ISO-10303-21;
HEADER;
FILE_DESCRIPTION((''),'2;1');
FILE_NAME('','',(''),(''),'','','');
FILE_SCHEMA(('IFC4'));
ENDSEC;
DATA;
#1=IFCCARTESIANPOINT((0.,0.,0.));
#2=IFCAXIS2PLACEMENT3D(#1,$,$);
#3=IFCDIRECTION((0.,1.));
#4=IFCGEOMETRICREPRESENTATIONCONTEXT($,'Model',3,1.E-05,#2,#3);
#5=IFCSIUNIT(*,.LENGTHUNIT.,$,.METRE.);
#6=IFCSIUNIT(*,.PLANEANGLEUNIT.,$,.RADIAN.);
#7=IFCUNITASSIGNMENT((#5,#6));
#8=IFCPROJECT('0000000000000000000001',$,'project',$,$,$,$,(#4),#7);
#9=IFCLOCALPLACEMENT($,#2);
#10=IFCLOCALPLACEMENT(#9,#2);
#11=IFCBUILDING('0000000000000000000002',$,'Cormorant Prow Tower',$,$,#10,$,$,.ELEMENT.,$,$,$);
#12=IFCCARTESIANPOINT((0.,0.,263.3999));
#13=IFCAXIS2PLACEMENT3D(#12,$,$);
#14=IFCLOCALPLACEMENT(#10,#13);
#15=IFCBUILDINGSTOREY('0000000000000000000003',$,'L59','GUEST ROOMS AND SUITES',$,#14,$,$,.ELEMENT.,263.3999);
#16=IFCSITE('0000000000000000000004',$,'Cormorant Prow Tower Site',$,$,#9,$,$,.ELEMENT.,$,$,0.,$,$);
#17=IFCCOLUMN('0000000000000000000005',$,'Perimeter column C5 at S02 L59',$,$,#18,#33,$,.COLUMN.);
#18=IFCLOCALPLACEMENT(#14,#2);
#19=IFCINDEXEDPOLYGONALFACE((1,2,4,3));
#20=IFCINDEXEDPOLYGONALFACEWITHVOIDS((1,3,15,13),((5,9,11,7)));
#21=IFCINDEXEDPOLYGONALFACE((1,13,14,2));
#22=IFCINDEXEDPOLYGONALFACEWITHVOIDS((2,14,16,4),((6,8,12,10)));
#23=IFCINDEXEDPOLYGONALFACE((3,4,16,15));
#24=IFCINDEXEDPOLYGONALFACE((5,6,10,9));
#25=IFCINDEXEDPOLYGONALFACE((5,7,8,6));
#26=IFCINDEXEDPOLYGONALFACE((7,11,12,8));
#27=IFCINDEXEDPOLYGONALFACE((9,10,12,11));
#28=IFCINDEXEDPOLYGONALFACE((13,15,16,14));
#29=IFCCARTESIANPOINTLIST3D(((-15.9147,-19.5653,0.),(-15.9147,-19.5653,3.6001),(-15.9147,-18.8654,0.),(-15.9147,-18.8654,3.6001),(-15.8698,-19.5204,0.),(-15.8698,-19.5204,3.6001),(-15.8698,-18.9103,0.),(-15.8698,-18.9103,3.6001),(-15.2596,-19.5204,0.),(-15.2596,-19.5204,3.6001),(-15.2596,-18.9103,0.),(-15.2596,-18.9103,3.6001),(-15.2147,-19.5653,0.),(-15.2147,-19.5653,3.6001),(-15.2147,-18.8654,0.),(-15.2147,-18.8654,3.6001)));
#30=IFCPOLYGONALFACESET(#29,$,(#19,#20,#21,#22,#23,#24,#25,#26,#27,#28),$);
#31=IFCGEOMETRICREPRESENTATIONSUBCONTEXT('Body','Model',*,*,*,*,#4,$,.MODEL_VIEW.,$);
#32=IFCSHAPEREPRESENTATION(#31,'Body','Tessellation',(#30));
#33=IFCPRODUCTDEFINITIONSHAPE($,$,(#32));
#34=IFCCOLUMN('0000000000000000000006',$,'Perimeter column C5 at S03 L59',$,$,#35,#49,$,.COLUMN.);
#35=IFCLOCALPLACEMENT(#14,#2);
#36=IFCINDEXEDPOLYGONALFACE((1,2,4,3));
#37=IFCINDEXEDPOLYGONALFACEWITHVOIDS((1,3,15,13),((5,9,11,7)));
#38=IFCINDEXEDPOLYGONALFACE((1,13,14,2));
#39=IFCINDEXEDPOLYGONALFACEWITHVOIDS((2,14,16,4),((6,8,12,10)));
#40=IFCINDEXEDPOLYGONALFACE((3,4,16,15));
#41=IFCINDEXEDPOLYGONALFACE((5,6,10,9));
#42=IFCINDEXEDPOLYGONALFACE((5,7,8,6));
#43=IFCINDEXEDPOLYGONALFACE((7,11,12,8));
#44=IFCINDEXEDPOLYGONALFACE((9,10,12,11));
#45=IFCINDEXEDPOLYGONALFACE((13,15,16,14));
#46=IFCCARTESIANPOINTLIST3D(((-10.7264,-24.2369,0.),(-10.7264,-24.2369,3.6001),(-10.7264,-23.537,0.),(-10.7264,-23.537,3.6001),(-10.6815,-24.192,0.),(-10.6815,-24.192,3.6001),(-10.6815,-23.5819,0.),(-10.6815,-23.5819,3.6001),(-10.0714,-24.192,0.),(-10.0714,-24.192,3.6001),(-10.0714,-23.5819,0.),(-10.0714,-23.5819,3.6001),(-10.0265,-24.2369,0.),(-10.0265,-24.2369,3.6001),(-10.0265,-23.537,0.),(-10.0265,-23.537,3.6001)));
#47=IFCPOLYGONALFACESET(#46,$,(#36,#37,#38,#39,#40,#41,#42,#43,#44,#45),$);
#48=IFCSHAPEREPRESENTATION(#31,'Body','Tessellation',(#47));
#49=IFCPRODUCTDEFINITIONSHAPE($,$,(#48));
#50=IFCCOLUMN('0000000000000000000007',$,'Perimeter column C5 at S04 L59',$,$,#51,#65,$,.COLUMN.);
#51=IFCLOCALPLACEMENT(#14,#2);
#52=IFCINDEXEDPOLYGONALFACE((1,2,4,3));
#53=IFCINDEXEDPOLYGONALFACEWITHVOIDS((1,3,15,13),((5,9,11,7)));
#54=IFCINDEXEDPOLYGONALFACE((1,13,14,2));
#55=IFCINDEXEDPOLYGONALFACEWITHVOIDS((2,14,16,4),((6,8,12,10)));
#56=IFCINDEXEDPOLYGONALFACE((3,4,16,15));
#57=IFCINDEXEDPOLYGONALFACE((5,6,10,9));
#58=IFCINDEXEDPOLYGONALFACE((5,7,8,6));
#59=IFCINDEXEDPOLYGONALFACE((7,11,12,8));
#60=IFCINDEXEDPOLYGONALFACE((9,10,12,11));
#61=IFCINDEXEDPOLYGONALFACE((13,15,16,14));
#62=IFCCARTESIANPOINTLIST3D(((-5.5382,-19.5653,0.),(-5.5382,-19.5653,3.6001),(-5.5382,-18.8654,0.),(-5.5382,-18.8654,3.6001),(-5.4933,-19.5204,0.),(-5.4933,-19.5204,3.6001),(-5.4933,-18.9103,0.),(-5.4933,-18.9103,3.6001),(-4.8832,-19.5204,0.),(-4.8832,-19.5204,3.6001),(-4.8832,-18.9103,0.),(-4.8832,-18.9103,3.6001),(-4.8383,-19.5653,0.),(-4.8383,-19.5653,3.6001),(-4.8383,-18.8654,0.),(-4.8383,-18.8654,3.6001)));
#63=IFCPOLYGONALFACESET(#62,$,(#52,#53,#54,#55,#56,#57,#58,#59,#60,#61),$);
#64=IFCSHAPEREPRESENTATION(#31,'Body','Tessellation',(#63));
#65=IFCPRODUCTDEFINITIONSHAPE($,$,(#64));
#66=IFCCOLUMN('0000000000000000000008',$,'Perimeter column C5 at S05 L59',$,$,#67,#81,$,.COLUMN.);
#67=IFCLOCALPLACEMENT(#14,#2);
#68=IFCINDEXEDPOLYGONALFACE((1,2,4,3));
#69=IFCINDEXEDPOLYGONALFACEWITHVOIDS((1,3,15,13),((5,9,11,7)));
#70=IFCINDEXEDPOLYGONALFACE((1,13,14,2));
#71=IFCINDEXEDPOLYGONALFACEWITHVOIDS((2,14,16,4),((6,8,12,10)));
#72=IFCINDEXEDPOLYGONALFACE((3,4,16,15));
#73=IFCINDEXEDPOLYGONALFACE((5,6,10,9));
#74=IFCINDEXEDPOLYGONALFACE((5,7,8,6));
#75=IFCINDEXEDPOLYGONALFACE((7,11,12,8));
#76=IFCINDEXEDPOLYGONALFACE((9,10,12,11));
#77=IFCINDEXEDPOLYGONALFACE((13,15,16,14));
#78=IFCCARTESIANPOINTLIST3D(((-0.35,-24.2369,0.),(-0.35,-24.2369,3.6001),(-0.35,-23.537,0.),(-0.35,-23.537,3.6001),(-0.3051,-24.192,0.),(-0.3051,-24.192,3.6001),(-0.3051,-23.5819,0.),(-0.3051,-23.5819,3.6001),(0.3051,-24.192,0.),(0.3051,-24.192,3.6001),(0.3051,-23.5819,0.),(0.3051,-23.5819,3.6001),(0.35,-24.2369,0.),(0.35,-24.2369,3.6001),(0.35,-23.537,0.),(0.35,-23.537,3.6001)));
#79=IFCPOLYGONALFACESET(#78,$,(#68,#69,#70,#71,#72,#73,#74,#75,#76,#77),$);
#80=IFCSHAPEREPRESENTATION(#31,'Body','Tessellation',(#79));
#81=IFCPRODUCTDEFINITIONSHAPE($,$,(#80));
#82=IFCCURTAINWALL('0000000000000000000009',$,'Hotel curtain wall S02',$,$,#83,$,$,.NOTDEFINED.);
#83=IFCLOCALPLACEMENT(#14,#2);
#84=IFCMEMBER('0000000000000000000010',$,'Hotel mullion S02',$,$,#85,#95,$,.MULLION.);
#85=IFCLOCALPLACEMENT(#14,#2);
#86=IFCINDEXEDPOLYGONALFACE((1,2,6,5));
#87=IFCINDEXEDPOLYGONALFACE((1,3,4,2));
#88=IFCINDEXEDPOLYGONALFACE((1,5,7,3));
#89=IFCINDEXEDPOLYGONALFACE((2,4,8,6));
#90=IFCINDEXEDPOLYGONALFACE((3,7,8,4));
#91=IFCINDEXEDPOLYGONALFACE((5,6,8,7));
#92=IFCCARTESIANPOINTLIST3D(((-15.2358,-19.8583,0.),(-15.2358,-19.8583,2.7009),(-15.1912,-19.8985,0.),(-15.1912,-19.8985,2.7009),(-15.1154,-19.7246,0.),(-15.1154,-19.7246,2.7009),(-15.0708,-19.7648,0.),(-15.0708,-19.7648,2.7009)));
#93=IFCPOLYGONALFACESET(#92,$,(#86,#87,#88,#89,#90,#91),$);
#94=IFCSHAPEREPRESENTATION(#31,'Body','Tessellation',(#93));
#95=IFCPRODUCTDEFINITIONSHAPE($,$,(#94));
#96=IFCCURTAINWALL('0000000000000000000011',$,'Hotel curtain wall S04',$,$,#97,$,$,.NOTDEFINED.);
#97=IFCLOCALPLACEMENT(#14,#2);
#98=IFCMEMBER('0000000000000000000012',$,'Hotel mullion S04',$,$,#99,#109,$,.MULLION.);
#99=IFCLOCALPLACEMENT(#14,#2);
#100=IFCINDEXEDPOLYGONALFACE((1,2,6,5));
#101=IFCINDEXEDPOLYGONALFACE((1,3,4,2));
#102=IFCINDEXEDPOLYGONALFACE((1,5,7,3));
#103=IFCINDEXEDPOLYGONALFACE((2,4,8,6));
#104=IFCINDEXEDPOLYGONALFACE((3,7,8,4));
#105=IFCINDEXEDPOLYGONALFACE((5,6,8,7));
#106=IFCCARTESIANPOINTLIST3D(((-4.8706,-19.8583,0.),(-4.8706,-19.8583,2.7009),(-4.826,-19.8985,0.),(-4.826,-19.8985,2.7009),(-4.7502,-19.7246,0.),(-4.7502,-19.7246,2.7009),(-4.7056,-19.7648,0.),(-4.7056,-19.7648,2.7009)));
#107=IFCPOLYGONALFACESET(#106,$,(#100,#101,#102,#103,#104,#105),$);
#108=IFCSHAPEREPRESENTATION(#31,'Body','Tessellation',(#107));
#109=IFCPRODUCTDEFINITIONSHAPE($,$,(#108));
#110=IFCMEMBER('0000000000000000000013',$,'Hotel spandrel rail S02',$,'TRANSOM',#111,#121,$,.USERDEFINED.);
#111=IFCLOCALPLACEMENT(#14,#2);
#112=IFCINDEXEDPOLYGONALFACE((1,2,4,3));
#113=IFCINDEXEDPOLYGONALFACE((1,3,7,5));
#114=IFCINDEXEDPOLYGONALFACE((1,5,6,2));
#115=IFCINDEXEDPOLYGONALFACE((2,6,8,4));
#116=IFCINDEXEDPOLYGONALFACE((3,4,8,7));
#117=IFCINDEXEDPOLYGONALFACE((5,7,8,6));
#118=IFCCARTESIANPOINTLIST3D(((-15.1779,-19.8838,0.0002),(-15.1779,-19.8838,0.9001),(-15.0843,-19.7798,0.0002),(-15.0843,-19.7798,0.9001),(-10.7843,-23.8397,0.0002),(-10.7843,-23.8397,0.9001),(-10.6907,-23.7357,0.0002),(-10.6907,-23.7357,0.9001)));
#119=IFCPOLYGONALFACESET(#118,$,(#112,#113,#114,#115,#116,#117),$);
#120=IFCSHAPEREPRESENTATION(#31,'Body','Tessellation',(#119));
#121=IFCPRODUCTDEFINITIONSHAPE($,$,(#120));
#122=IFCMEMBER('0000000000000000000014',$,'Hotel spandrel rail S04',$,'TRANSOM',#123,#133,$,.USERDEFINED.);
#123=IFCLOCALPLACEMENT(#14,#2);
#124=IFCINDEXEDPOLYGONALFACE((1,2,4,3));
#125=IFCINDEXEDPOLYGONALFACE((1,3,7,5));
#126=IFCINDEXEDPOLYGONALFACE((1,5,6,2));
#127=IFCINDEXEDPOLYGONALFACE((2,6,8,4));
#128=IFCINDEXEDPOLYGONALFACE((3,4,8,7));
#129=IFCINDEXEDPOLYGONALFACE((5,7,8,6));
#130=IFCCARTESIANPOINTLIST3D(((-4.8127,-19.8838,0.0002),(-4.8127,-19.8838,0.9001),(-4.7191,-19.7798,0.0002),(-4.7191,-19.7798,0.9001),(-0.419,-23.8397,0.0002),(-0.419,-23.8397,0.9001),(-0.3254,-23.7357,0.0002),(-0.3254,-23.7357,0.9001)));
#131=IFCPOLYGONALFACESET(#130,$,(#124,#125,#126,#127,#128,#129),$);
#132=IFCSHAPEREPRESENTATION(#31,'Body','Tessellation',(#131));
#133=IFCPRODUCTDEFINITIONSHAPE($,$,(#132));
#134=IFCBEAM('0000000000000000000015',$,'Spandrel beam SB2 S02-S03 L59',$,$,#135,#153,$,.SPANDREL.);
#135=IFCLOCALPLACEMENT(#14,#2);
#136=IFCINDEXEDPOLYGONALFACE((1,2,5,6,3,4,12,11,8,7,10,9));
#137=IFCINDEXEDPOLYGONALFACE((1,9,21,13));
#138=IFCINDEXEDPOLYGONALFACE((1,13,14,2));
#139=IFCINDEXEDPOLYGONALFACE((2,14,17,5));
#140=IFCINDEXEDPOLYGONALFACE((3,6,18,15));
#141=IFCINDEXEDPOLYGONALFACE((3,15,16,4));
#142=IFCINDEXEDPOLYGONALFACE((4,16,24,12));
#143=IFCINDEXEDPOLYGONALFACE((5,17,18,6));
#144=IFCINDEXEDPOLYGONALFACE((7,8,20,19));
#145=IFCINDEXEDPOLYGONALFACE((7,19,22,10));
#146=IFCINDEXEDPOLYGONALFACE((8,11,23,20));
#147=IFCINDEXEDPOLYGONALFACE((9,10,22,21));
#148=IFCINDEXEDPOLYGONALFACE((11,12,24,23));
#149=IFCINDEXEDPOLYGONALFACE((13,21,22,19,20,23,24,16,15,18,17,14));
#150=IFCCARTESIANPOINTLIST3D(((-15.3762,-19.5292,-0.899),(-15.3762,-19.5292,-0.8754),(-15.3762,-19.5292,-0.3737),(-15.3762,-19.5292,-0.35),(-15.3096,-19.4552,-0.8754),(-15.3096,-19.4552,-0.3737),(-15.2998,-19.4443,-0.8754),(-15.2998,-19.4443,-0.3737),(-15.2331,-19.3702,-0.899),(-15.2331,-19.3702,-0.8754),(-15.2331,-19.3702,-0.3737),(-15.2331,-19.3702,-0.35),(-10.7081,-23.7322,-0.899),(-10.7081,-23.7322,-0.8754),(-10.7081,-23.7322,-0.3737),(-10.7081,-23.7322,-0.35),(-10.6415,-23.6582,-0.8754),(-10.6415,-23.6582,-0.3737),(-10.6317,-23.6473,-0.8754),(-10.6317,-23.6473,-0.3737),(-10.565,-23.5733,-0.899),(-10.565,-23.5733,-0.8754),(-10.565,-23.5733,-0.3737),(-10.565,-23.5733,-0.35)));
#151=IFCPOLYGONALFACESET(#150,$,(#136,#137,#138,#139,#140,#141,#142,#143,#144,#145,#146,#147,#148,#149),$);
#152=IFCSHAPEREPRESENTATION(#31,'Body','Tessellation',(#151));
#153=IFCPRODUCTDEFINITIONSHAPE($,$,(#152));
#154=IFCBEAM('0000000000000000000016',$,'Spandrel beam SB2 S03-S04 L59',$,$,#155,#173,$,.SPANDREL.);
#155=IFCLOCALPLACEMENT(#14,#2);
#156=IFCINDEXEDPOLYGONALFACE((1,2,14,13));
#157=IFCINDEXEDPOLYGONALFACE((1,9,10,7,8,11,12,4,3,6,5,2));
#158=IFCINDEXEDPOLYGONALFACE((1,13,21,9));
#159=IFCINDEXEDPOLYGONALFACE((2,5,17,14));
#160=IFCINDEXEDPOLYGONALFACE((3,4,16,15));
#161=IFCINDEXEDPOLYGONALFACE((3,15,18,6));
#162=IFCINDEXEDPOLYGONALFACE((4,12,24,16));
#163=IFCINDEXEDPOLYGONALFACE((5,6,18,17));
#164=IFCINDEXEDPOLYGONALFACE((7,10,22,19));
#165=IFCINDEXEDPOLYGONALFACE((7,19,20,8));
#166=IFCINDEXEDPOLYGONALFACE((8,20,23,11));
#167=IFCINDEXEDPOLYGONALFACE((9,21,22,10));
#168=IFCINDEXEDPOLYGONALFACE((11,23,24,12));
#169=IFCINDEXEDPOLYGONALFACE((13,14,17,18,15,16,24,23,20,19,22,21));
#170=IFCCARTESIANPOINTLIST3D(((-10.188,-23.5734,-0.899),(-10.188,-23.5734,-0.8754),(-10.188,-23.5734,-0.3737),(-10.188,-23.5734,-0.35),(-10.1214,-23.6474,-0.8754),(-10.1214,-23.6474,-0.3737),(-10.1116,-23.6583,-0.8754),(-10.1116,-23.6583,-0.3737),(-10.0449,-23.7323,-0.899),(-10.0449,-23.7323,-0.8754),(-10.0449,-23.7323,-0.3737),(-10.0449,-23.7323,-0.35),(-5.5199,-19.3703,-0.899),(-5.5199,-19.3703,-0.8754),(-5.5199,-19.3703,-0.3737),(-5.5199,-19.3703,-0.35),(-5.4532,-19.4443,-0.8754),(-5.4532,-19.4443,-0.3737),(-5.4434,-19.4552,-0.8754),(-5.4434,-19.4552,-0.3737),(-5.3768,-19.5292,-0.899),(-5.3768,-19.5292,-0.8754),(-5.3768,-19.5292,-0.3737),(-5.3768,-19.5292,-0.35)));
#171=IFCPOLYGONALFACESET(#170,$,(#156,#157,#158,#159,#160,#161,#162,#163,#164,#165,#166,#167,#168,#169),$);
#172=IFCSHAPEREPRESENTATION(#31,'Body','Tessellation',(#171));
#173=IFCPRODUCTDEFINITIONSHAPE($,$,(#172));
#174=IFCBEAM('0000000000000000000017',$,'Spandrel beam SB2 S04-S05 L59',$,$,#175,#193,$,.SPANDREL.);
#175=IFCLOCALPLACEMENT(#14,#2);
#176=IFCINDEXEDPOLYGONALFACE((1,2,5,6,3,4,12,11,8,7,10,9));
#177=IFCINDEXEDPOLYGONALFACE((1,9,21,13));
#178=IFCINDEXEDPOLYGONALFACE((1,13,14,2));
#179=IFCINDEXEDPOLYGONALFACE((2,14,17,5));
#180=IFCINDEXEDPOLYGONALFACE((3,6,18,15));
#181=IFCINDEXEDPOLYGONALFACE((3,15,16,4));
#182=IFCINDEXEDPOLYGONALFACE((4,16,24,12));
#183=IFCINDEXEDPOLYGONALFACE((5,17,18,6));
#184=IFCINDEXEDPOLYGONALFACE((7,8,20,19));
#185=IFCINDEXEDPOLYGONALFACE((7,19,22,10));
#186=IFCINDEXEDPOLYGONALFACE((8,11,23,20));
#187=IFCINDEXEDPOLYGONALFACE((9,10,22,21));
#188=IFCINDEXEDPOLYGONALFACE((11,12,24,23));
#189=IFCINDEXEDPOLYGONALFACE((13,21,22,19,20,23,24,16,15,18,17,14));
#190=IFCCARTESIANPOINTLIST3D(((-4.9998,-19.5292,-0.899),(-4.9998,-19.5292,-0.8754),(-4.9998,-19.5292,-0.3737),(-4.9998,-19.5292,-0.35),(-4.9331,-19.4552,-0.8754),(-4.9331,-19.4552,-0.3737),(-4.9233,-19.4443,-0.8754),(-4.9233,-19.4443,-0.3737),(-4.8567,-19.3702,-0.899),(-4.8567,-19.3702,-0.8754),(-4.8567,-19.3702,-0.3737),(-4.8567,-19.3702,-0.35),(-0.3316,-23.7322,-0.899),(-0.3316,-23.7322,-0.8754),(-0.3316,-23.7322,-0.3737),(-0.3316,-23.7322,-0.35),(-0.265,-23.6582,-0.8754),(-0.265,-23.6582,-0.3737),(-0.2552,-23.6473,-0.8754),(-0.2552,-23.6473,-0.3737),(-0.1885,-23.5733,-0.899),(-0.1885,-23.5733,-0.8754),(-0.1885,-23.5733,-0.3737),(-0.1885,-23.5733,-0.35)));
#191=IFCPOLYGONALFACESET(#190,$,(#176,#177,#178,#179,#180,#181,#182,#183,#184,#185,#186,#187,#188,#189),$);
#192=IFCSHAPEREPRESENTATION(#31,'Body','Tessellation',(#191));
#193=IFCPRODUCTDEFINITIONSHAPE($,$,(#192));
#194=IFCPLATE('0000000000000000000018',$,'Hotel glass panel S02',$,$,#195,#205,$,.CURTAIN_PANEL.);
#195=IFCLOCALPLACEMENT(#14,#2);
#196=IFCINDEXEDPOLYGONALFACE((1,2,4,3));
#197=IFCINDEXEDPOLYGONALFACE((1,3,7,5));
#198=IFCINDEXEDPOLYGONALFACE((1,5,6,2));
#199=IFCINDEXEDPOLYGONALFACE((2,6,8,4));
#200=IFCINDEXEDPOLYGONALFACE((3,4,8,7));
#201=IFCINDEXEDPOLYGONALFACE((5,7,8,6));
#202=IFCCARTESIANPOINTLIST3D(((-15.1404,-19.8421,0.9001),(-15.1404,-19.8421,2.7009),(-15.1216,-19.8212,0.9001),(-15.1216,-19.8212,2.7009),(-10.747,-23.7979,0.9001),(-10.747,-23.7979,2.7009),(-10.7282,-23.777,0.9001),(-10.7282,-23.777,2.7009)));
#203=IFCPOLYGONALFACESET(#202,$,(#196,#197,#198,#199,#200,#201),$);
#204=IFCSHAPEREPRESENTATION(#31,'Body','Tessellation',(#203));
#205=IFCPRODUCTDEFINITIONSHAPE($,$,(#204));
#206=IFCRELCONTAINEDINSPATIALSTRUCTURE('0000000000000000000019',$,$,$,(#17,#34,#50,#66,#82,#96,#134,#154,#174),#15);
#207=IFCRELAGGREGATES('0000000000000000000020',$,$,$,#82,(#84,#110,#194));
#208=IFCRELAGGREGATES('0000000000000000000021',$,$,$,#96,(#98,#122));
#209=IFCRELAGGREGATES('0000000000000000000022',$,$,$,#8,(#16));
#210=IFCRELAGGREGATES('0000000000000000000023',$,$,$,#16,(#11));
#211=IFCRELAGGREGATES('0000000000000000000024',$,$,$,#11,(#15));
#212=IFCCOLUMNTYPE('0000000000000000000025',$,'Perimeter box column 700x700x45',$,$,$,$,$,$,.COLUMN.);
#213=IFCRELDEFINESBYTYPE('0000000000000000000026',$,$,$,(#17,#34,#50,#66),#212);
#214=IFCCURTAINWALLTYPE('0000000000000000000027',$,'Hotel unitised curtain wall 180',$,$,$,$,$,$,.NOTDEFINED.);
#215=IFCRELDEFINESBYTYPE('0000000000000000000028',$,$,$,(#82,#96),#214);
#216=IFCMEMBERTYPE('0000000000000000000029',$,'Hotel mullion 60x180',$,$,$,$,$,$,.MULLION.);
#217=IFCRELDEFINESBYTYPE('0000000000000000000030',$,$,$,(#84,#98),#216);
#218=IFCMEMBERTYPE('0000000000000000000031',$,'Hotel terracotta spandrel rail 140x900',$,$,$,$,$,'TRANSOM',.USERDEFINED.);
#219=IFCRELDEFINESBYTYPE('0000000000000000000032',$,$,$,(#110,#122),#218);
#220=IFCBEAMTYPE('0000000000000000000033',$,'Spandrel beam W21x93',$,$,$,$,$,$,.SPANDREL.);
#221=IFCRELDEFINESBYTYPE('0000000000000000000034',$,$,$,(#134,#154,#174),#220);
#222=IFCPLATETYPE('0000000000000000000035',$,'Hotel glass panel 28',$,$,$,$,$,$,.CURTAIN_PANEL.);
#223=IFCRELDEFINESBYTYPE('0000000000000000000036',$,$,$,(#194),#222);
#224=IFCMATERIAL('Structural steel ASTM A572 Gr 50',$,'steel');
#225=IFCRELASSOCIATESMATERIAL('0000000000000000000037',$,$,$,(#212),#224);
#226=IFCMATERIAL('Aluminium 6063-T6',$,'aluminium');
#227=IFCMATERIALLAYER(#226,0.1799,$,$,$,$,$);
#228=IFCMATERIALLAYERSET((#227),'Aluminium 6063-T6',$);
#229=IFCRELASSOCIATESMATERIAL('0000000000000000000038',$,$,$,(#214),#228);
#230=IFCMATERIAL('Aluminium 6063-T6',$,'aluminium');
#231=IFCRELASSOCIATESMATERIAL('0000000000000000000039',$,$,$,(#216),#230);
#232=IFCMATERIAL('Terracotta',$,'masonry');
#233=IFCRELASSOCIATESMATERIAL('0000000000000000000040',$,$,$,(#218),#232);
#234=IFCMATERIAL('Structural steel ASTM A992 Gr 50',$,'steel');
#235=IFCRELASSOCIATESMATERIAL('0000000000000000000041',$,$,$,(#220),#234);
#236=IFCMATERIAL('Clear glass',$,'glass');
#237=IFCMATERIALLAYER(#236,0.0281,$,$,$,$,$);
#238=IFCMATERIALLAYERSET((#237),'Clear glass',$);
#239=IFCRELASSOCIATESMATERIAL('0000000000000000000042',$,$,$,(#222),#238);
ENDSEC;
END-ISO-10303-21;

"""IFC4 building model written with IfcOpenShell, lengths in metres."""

from ifc_helpers import new_model, si_unit, direction, frame, origin, origin_2d, place, context, subcontext, project, spatial, rectangle, hollow_rectangle, i_section, extrude, material, layer, layer_set, material_profile, profile_set, type_object, element, aggregate, save


model = new_model("IFC4")

# Units and contexts
model_context = context("Model", 3, precision=1e-05, world=origin(), true_north=direction((0.0, 1.0)))
body_context = subcontext(model_context, "Body", "Model", "MODEL_VIEW")
ifc_project = project(units=[si_unit("LENGTHUNIT", "METRE"), si_unit("PLANEANGLEUNIT", "RADIAN")], contexts=[model_context])

# Site, building, storey
site_placement = place(None, origin())
site = spatial("IfcSite", under=ifc_project, at=site_placement, Name="Cormorant Prow Tower Site", CompositionType="ELEMENT", RefElevation=0.0)
building_placement = place(site_placement, origin())
building = spatial("IfcBuilding", under=site, at=building_placement, Name="Cormorant Prow Tower", CompositionType="ELEMENT")
storey_placement = place(building_placement, frame((0.0, 0.0, 263.3999)))
storey = spatial("IfcBuildingStorey", under=building, at=storey_placement, Name="L59", Description="GUEST ROOMS AND SUITES", CompositionType="ELEMENT", Elevation=263.3999)

# Columns
ifc_material_1 = material(Name="Structural steel ASTM A572 Gr 50", Category="steel")
ifc_material_profile_1 = material_profile(ifc_material_1, hollow_rectangle(XDim=0.7, YDim=0.7, WallThickness=0.0449, at=origin_2d()), Name="Box 700x700x45")
ifc_profile_set_1 = profile_set([ifc_material_profile_1], Name="Structural steel ASTM A572 Gr 50")
column_type = type_object("IfcColumnType", Name="Perimeter box column 700x700x45", PredefinedType="COLUMN", material=ifc_profile_set_1)
for number, where, z_axis, x_axis, name in (
    (1, (-15.5647, -19.2153, 0.0), (0.0, 0.0, 1.0), (1.0, 0.0, 0.0), "Perimeter column C5 at S02 L59"),
    (2, (-10.3765, -23.887, 0.0), (0.0, 0.0, 1.0), (1.0, 0.0, 0.0), "Perimeter column C5 at S03 L59"),
    (3, (-5.1882, -19.2153, 0.0), (0.0, 0.0, 1.0), (1.0, 0.0, 0.0), "Perimeter column C5 at S04 L59"),
    (4, (0.0, -23.887, 0.0), (0.0, 0.0, 1.0), (1.0, 0.0, 0.0), "Perimeter column C5 at S05 L59"),
):
    element("IfcColumn", number, at=place(storey_placement, frame(where, z_axis=z_axis, x_axis=x_axis)), inside=storey, type_object=column_type, Name=name, PredefinedType="COLUMN", context=body_context, shape_type="SweptSolid", body=[
        extrude(hollow_rectangle(XDim=0.7, YDim=0.7, WallThickness=0.0449, at=origin_2d()), origin(), (0.0, 0.0, 1.0), 3.6001),
    ])

# Curtain walls, members
ifc_material_2 = material(Name="Aluminium 6063-T6", Category="aluminium")
ifc_layer_1 = layer(ifc_material_2, 0.1799)
ifc_layer_set_1 = layer_set([ifc_layer_1], Name="Aluminium 6063-T6")
curtain_wall_type = type_object("IfcCurtainWallType", Name="Hotel unitised curtain wall 180", PredefinedType="NOTDEFINED", material=ifc_layer_set_1)
curtain_wall_1_placement = place(storey_placement, origin())
curtain_wall_1 = element("IfcCurtainWall", 5, at=curtain_wall_1_placement, inside=storey, type_object=curtain_wall_type, Name="Hotel curtain wall S02", PredefinedType="NOTDEFINED")
ifc_material_3 = material(Name="Aluminium 6063-T6", Category="aluminium")
ifc_material_profile_2 = material_profile(ifc_material_3, rectangle(XDim=0.1799, YDim=0.0601, at=origin_2d()), Name="Hotel mullion 60x180")
ifc_profile_set_2 = profile_set([ifc_material_profile_2], Name="Aluminium 6063-T6")
member_type_1 = type_object("IfcMemberType", Name="Hotel mullion 60x180", PredefinedType="MULLION", material=ifc_profile_set_2)
member_1_placement = place(storey_placement, frame((-15.1533, -19.8115, 0.0), z_axis=(0.0, 0.0, 1.0), x_axis=(0.669131, 0.743145, 0.0)))
member_1 = element("IfcMember", 6, at=member_1_placement, type_object=member_type_1, Name="Hotel mullion S02", PredefinedType="MULLION", context=body_context, shape_type="SweptSolid", body=[
    extrude(rectangle(XDim=0.1799, YDim=0.0601, at=origin_2d()), origin(), (0.0, 0.0, 1.0), 2.7009),
])
curtain_wall_2_placement = place(storey_placement, origin())
curtain_wall_2 = element("IfcCurtainWall", 7, at=curtain_wall_2_placement, inside=storey, type_object=curtain_wall_type, Name="Hotel curtain wall S04", PredefinedType="NOTDEFINED")
member_2_placement = place(storey_placement, frame((-4.7881, -19.8115, 0.0), z_axis=(0.0, 0.0, 1.0), x_axis=(0.669131, 0.743145, 0.0)))
member_2 = element("IfcMember", 8, at=member_2_placement, type_object=member_type_1, Name="Hotel mullion S04", PredefinedType="MULLION", context=body_context, shape_type="SweptSolid", body=[
    extrude(rectangle(XDim=0.1799, YDim=0.0601, at=origin_2d()), origin(), (0.0, 0.0, 1.0), 2.7009),
])

# Members
ifc_material_4 = material(Name="Terracotta", Category="masonry")
ifc_material_profile_3 = material_profile(ifc_material_4, rectangle(XDim=0.1399, YDim=0.8999, at=origin_2d()), Name="Hotel terracotta spandrel rail 140x900")
ifc_profile_set_3 = profile_set([ifc_material_profile_3], Name="Terracotta")
member_type_2 = type_object("IfcMemberType", Name="Hotel terracotta spandrel rail 140x900", ElementType="TRANSOM", PredefinedType="USERDEFINED", material=ifc_profile_set_3)
member_3_placement = place(storey_placement, frame((-15.1311, -19.8318, 0.4502), z_axis=(0.743159, -0.669115, 0.0), x_axis=(0.669115, 0.743159, 0.0)))
member_3 = element("IfcMember", 9, at=member_3_placement, type_object=member_type_2, Name="Hotel spandrel rail S02", ObjectType="TRANSOM", PredefinedType="USERDEFINED", context=body_context, shape_type="SweptSolid", body=[
    extrude(rectangle(XDim=0.1399, YDim=0.8999, at=origin_2d()), origin(), (0.0, 0.0, 1.0), 5.9121),
])
member_4_placement = place(storey_placement, frame((-4.7659, -19.8318, 0.4502), z_axis=(0.743159, -0.669115, 0.0), x_axis=(0.669115, 0.743159, 0.0)))
member_4 = element("IfcMember", 10, at=member_4_placement, type_object=member_type_2, Name="Hotel spandrel rail S04", ObjectType="TRANSOM", PredefinedType="USERDEFINED", context=body_context, shape_type="SweptSolid", body=[
    extrude(rectangle(XDim=0.1399, YDim=0.8999, at=origin_2d()), origin(), (0.0, 0.0, 1.0), 5.9121),
])

# Beams
ifc_material_5 = material(Name="Structural steel ASTM A992 Gr 50", Category="steel")
ifc_material_profile_4 = material_profile(ifc_material_5, i_section(OverallWidth=0.2139, OverallDepth=0.5491, WebThickness=0.0146, FlangeThickness=0.0237, at=origin_2d()), Name="W21x93")
ifc_profile_set_4 = profile_set([ifc_material_profile_4], Name="Structural steel ASTM A992 Gr 50")
beam_type = type_object("IfcBeamType", Name="Spandrel beam W21x93", PredefinedType="SPANDREL", material=ifc_profile_set_4)
for number, where, z_axis, x_axis, name in (
    (11, (-15.3047, -19.4497, -0.6245), (0.743157, -0.669117, 0.0), (0.669117, 0.743157, 0.0), "Spandrel beam SB2 S02-S03 L59"),
    (12, (-10.1165, -23.6528, -0.6245), (0.743157, 0.669117, 0.0), (-0.669117, 0.743157, 0.0), "Spandrel beam SB2 S03-S04 L59"),
    (13, (-4.9282, -19.4497, -0.6245), (0.743157, -0.669117, 0.0), (0.669117, 0.743157, 0.0), "Spandrel beam SB2 S04-S05 L59"),
):
    element("IfcBeam", number, at=place(storey_placement, frame(where, z_axis=z_axis, x_axis=x_axis)), inside=storey, type_object=beam_type, Name=name, PredefinedType="SPANDREL", context=body_context, shape_type="SweptSolid", body=[
        extrude(i_section(OverallWidth=0.2139, OverallDepth=0.5491, WebThickness=0.0146, FlangeThickness=0.0237, at=origin_2d()), origin(), (0.0, 0.0, 1.0), 6.2815),
    ])

# Plate
ifc_material_6 = material(Name="Clear glass", Category="glass")
ifc_layer_2 = layer(ifc_material_6, 0.0281)
ifc_layer_set_2 = layer_set([ifc_layer_2], Name="Clear glass")
plate_type = type_object("IfcPlateType", Name="Hotel glass panel 28", PredefinedType="CURTAIN_PANEL", material=ifc_layer_set_2)
plate_1_placement = place(storey_placement, frame((-12.9343, -21.8096, 0.9001), z_axis=(0.0, 0.0, 1.0), x_axis=(0.743145, -0.669131, 0.0)))
plate_1 = element("IfcPlate", 14, at=plate_1_placement, type_object=plate_type, Name="Hotel glass panel S02", PredefinedType="CURTAIN_PANEL", context=body_context, shape_type="SweptSolid", body=[
    extrude(rectangle(XDim=5.9119, YDim=0.0281, at=origin_2d()), origin(), (0.0, 0.0, 1.0), 1.8008),
])
aggregate(curtain_wall_1, [member_1, member_3, plate_1])
aggregate(curtain_wall_2, [member_2, member_4])

save(model, "model.ifc")
